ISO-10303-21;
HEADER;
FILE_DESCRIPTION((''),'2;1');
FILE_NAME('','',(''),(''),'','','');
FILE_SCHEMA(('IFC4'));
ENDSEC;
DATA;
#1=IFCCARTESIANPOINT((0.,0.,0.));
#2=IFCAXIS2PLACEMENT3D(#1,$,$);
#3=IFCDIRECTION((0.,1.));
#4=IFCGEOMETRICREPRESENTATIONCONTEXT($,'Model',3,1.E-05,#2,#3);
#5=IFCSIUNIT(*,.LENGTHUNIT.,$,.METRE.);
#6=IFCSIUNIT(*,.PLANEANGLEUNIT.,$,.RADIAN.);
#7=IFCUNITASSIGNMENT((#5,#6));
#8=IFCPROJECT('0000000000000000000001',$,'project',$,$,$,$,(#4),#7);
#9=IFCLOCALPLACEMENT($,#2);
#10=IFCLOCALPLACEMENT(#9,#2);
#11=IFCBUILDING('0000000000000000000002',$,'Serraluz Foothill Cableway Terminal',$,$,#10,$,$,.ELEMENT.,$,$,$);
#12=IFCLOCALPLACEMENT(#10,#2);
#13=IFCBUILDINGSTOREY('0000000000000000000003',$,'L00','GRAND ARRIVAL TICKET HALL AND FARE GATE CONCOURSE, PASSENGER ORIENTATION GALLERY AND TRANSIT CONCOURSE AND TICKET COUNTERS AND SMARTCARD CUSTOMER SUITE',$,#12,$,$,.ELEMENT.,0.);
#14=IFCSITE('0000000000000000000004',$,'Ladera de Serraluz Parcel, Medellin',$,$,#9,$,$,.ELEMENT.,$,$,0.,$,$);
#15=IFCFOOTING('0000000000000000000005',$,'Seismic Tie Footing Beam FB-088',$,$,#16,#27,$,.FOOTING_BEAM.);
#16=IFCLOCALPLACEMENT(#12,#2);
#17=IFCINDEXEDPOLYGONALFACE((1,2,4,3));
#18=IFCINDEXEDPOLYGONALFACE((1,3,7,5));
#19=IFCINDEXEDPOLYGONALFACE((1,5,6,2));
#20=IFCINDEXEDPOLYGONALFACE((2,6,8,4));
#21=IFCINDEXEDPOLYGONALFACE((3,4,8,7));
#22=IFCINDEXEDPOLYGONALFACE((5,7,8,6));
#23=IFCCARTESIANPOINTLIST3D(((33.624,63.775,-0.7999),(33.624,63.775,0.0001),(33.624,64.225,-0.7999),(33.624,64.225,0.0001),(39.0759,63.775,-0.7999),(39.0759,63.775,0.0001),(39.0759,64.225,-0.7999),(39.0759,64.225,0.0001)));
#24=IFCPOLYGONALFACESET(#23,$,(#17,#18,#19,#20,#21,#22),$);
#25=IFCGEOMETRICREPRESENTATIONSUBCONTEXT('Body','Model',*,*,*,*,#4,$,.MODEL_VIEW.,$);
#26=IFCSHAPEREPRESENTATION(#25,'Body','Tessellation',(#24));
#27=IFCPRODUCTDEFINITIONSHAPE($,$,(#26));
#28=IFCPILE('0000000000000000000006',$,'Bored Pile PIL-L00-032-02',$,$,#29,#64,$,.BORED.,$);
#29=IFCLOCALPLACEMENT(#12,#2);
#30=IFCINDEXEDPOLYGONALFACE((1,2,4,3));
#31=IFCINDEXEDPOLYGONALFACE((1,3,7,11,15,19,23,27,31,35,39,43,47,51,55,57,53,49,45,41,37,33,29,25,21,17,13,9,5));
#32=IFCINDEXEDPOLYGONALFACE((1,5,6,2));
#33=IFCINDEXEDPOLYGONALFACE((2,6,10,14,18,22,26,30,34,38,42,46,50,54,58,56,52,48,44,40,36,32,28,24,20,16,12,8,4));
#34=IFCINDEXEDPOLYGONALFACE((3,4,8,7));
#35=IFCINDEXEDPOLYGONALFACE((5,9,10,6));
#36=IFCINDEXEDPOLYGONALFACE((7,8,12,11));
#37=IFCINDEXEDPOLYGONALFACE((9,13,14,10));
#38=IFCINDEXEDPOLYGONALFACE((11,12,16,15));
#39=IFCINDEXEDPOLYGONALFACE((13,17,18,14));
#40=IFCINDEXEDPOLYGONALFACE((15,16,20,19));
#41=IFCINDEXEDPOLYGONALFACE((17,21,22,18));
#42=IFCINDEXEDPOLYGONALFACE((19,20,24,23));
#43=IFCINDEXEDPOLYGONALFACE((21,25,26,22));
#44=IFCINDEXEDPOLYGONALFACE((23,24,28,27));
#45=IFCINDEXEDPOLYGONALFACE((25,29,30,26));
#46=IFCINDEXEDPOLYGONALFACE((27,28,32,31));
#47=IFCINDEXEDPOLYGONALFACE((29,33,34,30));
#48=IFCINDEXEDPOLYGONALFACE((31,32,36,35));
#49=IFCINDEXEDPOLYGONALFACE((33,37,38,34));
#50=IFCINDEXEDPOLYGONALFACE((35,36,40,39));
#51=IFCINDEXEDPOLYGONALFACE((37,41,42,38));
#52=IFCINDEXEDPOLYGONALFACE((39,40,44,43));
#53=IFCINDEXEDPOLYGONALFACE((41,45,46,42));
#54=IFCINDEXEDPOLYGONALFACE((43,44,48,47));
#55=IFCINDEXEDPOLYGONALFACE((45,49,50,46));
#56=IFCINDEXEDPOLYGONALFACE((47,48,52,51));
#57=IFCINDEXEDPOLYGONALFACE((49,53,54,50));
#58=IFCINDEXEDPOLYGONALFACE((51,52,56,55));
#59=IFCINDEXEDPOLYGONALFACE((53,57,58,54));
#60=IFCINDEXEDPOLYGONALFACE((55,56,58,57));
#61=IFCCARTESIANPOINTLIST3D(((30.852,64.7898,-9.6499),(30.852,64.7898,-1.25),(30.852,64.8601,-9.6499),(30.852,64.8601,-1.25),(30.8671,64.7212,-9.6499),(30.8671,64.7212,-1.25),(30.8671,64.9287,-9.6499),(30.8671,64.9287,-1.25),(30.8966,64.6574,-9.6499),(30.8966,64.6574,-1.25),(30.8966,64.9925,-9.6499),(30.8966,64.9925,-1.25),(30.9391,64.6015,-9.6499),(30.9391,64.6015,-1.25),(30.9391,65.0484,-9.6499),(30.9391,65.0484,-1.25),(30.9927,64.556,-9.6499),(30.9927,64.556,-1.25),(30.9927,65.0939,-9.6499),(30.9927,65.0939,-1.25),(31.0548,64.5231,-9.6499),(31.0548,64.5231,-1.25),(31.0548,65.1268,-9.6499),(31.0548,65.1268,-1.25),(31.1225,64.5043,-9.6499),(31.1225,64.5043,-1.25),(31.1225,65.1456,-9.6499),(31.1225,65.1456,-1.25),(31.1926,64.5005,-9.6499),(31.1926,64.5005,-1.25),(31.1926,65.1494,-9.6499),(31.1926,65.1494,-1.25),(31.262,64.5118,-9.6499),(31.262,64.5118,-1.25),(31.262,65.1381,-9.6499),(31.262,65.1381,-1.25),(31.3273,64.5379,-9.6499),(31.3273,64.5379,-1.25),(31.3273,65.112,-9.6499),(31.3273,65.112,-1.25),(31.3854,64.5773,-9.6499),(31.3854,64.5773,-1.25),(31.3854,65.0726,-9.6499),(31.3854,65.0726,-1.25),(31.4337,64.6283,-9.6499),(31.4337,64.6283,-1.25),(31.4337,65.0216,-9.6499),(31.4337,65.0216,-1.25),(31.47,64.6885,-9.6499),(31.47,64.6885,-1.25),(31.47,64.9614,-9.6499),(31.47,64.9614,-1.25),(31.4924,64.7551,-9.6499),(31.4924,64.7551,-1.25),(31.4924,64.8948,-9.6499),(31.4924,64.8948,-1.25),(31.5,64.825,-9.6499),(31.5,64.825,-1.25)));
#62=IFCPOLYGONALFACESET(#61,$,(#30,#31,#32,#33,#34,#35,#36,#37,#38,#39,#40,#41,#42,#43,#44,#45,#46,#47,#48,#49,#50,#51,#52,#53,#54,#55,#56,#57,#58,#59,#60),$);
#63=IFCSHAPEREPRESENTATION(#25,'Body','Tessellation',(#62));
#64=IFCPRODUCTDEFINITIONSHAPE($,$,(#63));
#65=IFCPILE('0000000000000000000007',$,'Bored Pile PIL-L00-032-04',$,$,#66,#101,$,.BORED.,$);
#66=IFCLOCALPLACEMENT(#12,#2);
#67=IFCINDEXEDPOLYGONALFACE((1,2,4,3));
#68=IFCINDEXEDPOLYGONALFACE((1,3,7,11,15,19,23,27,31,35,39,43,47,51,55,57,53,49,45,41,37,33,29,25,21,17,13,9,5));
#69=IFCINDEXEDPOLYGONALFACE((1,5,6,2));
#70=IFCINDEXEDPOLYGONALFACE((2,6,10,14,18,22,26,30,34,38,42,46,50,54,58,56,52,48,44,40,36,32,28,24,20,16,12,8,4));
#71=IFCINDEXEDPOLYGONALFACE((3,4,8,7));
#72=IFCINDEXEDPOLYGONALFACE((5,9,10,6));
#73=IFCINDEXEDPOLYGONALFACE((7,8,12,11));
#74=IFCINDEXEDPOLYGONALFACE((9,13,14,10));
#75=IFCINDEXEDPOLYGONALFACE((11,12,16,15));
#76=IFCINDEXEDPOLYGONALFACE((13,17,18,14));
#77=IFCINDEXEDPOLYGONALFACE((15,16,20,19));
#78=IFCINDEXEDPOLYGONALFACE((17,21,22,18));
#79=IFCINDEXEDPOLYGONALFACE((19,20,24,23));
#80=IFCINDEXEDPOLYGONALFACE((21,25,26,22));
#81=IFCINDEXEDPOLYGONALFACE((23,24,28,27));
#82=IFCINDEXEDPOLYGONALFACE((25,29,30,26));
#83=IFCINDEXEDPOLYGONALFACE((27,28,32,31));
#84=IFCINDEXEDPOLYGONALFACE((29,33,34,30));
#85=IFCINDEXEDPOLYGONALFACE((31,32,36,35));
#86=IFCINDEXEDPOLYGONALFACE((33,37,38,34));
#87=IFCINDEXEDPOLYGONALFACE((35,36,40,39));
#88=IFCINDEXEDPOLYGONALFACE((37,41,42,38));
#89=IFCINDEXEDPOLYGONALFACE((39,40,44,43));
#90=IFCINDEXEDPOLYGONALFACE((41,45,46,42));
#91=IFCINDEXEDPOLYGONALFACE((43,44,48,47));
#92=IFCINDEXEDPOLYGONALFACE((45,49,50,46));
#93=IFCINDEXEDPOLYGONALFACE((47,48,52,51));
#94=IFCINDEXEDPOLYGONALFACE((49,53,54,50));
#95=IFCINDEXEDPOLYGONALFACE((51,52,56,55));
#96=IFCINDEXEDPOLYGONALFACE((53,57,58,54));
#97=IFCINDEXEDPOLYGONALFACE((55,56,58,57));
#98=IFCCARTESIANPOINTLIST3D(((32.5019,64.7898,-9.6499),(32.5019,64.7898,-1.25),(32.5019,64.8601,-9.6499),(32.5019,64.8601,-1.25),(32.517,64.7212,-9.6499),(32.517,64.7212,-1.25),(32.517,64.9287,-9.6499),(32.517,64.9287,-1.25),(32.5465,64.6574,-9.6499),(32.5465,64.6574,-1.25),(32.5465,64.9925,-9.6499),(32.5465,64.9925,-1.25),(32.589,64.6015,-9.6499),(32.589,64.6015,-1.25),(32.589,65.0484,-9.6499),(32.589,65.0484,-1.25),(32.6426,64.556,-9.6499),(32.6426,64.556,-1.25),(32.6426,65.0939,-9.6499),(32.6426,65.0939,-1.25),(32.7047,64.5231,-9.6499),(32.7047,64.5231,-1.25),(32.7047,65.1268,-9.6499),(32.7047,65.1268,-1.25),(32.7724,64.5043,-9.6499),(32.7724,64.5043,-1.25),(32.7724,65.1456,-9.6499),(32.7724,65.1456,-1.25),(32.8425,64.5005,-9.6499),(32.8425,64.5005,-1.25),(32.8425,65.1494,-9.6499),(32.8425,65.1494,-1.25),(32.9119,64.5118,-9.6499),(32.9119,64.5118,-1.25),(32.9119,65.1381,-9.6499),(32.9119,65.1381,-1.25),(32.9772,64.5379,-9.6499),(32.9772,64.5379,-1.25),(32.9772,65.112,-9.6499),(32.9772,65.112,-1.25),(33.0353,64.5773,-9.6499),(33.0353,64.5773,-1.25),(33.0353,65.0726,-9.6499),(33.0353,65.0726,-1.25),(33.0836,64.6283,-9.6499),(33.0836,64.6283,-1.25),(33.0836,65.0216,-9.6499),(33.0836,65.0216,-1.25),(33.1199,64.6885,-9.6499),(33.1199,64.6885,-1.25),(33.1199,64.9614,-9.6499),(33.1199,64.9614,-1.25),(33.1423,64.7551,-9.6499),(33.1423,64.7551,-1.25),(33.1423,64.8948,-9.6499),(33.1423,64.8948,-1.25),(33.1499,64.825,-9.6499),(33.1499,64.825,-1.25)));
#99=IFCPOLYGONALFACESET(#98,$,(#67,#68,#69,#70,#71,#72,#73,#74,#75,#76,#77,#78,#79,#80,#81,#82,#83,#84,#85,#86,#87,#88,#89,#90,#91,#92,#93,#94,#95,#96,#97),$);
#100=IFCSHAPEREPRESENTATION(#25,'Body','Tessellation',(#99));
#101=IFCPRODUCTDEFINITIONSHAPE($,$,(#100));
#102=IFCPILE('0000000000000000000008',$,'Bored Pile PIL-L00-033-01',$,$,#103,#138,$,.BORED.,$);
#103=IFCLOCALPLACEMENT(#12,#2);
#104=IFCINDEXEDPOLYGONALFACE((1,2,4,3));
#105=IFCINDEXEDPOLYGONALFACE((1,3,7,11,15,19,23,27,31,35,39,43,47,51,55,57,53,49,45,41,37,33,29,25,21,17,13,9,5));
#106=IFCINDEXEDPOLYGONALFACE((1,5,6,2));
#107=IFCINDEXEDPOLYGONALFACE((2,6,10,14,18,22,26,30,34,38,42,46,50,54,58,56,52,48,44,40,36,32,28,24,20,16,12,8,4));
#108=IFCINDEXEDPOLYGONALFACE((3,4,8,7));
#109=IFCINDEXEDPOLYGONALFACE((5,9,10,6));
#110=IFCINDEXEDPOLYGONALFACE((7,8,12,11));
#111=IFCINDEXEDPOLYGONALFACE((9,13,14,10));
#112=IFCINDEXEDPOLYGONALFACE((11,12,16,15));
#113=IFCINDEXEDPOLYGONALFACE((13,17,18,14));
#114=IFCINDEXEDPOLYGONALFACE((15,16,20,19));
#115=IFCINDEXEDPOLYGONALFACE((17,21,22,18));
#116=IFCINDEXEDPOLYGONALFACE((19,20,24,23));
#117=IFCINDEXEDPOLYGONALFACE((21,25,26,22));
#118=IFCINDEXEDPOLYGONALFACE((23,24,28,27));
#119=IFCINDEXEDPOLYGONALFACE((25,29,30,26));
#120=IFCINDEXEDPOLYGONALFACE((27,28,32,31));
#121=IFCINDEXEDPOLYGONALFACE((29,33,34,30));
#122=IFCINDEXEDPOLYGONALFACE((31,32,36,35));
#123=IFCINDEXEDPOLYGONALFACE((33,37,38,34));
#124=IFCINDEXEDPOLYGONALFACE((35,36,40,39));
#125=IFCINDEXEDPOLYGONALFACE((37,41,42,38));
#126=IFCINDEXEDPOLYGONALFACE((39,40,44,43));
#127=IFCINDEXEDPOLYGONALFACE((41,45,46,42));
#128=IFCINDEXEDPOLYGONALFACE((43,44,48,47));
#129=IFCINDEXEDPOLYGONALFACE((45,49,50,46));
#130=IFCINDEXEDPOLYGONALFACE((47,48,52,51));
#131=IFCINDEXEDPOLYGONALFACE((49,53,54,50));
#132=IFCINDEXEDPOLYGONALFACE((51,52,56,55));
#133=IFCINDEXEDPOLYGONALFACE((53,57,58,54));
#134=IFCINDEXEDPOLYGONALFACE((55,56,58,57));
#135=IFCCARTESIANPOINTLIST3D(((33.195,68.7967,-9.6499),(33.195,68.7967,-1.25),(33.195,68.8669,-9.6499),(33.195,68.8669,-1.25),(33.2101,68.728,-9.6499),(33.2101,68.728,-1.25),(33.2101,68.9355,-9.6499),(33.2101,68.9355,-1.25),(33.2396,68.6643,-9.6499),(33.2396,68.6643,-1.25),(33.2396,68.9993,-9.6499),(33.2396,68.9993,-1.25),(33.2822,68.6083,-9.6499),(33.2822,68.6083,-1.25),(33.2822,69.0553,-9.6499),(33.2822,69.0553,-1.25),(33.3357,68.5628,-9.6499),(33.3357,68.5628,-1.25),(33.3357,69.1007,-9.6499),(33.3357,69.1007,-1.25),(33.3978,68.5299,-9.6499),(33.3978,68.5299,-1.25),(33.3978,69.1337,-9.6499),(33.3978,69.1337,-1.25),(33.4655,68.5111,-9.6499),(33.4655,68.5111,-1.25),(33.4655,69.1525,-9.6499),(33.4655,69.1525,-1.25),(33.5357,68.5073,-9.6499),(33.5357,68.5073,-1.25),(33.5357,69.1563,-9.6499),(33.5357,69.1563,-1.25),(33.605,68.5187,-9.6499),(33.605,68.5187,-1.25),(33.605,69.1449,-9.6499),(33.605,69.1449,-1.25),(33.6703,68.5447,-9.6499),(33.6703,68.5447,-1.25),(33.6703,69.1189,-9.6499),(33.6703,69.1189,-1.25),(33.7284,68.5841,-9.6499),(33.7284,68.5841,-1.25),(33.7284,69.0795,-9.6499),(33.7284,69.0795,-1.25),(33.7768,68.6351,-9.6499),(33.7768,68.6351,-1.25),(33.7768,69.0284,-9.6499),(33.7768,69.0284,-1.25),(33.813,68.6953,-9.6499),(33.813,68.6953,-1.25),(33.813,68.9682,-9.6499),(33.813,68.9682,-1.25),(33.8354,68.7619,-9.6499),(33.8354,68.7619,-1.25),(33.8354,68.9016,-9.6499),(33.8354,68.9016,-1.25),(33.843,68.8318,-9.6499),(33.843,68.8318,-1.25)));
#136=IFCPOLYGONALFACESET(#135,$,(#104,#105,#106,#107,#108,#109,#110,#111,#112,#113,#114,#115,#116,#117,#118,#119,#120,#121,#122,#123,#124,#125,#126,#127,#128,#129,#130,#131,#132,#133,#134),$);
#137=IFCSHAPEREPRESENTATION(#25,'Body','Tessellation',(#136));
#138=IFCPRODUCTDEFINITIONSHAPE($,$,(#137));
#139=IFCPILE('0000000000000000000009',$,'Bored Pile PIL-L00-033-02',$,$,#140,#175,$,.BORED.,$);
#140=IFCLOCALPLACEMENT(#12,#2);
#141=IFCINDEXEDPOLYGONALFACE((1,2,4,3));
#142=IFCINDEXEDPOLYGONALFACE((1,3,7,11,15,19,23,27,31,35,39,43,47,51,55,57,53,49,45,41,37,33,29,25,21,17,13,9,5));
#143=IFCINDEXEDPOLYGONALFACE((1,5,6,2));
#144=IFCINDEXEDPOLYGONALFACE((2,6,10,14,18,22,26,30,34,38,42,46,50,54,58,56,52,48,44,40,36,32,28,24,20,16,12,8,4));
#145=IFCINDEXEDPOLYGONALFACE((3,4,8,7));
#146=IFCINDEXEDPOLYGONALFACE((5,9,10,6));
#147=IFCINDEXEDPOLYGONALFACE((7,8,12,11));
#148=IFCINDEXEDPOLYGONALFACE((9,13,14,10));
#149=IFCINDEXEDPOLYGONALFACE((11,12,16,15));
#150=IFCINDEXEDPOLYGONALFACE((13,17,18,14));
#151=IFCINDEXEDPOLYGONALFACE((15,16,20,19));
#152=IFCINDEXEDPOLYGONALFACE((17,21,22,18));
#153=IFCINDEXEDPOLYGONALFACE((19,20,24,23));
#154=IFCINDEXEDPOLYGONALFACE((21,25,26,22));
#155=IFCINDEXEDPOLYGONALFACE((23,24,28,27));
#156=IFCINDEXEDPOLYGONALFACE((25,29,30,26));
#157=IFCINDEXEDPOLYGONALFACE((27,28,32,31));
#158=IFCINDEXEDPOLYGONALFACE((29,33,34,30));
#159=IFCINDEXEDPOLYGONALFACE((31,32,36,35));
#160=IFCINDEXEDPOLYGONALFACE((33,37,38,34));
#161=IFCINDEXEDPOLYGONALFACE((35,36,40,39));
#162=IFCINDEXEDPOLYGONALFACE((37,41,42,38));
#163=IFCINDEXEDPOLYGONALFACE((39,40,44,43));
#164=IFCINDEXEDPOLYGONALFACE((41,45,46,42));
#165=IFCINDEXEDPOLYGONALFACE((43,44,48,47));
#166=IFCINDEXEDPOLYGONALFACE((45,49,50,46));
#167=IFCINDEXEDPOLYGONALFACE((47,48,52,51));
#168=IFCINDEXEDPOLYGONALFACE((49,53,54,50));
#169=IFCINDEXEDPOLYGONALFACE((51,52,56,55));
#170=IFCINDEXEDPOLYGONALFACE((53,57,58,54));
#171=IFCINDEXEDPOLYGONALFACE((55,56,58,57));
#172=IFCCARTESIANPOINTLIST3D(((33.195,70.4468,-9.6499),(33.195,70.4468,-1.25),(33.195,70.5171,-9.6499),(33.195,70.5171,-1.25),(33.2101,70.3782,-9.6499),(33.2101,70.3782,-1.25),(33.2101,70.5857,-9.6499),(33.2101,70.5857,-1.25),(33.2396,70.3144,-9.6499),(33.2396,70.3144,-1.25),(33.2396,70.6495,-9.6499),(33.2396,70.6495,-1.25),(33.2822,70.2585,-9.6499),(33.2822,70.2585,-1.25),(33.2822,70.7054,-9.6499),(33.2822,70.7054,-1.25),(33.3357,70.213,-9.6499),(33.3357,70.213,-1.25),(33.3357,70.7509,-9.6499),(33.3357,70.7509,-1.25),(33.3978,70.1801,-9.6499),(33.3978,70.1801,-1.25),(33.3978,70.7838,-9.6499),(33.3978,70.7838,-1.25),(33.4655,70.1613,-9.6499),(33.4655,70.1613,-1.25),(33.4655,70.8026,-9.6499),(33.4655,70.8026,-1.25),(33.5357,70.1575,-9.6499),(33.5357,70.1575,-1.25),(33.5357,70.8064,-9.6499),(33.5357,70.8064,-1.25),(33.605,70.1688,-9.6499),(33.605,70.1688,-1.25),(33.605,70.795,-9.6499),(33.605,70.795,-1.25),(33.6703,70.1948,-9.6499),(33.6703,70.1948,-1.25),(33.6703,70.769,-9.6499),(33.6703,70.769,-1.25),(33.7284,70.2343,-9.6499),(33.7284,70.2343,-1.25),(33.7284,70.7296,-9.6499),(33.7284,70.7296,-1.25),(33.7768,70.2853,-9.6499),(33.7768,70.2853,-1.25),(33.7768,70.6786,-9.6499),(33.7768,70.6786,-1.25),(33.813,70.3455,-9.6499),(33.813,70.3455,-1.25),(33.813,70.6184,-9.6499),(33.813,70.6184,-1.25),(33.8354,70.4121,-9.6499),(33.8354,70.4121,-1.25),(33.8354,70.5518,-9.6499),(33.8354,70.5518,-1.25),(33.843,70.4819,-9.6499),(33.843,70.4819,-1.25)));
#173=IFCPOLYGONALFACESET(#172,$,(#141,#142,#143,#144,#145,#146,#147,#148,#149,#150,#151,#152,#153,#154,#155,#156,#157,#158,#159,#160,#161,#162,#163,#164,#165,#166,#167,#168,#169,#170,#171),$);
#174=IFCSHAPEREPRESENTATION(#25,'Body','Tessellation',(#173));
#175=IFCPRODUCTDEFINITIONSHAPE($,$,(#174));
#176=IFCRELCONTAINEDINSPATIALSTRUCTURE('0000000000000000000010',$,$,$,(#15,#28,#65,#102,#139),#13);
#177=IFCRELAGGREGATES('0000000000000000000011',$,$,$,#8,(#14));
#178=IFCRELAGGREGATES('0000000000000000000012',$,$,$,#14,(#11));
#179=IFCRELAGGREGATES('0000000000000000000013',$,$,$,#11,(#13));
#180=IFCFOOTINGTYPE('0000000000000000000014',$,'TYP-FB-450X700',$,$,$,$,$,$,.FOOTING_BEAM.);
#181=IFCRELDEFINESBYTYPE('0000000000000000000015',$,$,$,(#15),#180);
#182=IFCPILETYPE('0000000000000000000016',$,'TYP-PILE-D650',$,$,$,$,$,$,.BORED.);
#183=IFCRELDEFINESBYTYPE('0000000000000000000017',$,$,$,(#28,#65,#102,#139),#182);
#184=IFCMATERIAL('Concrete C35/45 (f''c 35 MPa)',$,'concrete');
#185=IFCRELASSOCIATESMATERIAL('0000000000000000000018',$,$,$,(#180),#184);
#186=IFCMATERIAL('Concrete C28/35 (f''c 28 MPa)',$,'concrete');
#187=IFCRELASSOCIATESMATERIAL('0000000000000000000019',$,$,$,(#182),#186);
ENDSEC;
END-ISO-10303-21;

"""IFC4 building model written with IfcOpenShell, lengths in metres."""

from ifc_helpers import new_model, si_unit, direction, frame, origin, origin_2d, place, context, subcontext, project, spatial, rectangle, circle, extrude, material, material_profile, profile_set, type_object, element, save


model = new_model("IFC4")

# Units and contexts
model_context = context("Model", 3, precision=1e-05, world=origin(), true_north=direction((0.0, 1.0)))
body_context = subcontext(model_context, "Body", "Model", "MODEL_VIEW")
ifc_project = project(units=[si_unit("LENGTHUNIT", "METRE"), si_unit("PLANEANGLEUNIT", "RADIAN")], contexts=[model_context])

# Site, building, storey
site_placement = place(None, origin())
site = spatial("IfcSite", under=ifc_project, at=site_placement, Name="Ladera de Serraluz Parcel, Medellin", CompositionType="ELEMENT", RefElevation=0.0)
building_placement = place(site_placement, origin())
building = spatial("IfcBuilding", under=site, at=building_placement, Name="Serraluz Foothill Cableway Terminal", CompositionType="ELEMENT")
storey_placement = place(building_placement, origin())
storey = spatial("IfcBuildingStorey", under=building, at=storey_placement, Name="L00", Description="GRAND ARRIVAL TICKET HALL AND FARE GATE CONCOURSE, PASSENGER ORIENTATION GALLERY AND TRANSIT CONCOURSE AND TICKET COUNTERS AND SMARTCARD CUSTOMER SUITE", CompositionType="ELEMENT", Elevation=0.0)

# Footing
ifc_material_1 = material(Name="Concrete C35/45 (f'c 35 MPa)", Category="concrete")
ifc_material_profile_1 = material_profile(ifc_material_1, rectangle(XDim=0.45, YDim=0.8, at=origin_2d()), Name="RC 450x800")
ifc_profile_set_1 = profile_set([ifc_material_profile_1], Name="Concrete C35/45 (f'c 35 MPa)")
footing_type = type_object("IfcFootingType", Name="TYP-FB-450X700", PredefinedType="FOOTING_BEAM", material=ifc_profile_set_1)
footing_placement = place(storey_placement, frame((33.624, 64.0, -0.3999), z_axis=(1.0, 0.0, 0.0), x_axis=(0.0, 1.0, 0.0)))
element("IfcFooting", 1, at=footing_placement, inside=storey, type_object=footing_type, Name="Seismic Tie Footing Beam FB-088", PredefinedType="FOOTING_BEAM", context=body_context, shape_type="SweptSolid", body=[
    extrude(rectangle(XDim=0.45, YDim=0.8, at=origin_2d()), origin(), (0.0, 0.0, 1.0), 5.4519),
])

# Piles
ifc_material_2 = material(Name="Concrete C28/35 (f'c 28 MPa)", Category="concrete")
ifc_material_profile_2 = material_profile(ifc_material_2, circle(Radius=0.325, at=origin_2d()), Name="BORED PILE D650")
ifc_profile_set_2 = profile_set([ifc_material_profile_2], Name="Concrete C28/35 (f'c 28 MPa)")
pile_type = type_object("IfcPileType", Name="TYP-PILE-D650", PredefinedType="BORED", material=ifc_profile_set_2)
for number, where, z_axis, x_axis, name in (
    (2, (31.175, 64.825, -1.25), (0.0, 0.0, -1.0), (1.0, 0.0, 0.0), "Bored Pile PIL-L00-032-02"),
    (3, (32.825, 64.825, -1.25), (0.0, 0.0, -1.0), (1.0, 0.0, 0.0), "Bored Pile PIL-L00-032-04"),
    (4, (33.5181, 68.8318, -1.25), (0.0, 0.0, -1.0), (1.0, 0.0, 0.0), "Bored Pile PIL-L00-033-01"),
    (5, (33.5181, 70.4819, -1.25), (0.0, 0.0, -1.0), (1.0, 0.0, 0.0), "Bored Pile PIL-L00-033-02"),
):
    element("IfcPile", number, at=place(storey_placement, frame(where, z_axis=z_axis, x_axis=x_axis)), inside=storey, type_object=pile_type, Name=name, PredefinedType="BORED", context=body_context, shape_type="SweptSolid", body=[
        extrude(circle(Radius=0.325, at=origin_2d()), origin(), (0.0, 0.0, 1.0), 8.3999),
    ])

save(model, "model.ifc")
